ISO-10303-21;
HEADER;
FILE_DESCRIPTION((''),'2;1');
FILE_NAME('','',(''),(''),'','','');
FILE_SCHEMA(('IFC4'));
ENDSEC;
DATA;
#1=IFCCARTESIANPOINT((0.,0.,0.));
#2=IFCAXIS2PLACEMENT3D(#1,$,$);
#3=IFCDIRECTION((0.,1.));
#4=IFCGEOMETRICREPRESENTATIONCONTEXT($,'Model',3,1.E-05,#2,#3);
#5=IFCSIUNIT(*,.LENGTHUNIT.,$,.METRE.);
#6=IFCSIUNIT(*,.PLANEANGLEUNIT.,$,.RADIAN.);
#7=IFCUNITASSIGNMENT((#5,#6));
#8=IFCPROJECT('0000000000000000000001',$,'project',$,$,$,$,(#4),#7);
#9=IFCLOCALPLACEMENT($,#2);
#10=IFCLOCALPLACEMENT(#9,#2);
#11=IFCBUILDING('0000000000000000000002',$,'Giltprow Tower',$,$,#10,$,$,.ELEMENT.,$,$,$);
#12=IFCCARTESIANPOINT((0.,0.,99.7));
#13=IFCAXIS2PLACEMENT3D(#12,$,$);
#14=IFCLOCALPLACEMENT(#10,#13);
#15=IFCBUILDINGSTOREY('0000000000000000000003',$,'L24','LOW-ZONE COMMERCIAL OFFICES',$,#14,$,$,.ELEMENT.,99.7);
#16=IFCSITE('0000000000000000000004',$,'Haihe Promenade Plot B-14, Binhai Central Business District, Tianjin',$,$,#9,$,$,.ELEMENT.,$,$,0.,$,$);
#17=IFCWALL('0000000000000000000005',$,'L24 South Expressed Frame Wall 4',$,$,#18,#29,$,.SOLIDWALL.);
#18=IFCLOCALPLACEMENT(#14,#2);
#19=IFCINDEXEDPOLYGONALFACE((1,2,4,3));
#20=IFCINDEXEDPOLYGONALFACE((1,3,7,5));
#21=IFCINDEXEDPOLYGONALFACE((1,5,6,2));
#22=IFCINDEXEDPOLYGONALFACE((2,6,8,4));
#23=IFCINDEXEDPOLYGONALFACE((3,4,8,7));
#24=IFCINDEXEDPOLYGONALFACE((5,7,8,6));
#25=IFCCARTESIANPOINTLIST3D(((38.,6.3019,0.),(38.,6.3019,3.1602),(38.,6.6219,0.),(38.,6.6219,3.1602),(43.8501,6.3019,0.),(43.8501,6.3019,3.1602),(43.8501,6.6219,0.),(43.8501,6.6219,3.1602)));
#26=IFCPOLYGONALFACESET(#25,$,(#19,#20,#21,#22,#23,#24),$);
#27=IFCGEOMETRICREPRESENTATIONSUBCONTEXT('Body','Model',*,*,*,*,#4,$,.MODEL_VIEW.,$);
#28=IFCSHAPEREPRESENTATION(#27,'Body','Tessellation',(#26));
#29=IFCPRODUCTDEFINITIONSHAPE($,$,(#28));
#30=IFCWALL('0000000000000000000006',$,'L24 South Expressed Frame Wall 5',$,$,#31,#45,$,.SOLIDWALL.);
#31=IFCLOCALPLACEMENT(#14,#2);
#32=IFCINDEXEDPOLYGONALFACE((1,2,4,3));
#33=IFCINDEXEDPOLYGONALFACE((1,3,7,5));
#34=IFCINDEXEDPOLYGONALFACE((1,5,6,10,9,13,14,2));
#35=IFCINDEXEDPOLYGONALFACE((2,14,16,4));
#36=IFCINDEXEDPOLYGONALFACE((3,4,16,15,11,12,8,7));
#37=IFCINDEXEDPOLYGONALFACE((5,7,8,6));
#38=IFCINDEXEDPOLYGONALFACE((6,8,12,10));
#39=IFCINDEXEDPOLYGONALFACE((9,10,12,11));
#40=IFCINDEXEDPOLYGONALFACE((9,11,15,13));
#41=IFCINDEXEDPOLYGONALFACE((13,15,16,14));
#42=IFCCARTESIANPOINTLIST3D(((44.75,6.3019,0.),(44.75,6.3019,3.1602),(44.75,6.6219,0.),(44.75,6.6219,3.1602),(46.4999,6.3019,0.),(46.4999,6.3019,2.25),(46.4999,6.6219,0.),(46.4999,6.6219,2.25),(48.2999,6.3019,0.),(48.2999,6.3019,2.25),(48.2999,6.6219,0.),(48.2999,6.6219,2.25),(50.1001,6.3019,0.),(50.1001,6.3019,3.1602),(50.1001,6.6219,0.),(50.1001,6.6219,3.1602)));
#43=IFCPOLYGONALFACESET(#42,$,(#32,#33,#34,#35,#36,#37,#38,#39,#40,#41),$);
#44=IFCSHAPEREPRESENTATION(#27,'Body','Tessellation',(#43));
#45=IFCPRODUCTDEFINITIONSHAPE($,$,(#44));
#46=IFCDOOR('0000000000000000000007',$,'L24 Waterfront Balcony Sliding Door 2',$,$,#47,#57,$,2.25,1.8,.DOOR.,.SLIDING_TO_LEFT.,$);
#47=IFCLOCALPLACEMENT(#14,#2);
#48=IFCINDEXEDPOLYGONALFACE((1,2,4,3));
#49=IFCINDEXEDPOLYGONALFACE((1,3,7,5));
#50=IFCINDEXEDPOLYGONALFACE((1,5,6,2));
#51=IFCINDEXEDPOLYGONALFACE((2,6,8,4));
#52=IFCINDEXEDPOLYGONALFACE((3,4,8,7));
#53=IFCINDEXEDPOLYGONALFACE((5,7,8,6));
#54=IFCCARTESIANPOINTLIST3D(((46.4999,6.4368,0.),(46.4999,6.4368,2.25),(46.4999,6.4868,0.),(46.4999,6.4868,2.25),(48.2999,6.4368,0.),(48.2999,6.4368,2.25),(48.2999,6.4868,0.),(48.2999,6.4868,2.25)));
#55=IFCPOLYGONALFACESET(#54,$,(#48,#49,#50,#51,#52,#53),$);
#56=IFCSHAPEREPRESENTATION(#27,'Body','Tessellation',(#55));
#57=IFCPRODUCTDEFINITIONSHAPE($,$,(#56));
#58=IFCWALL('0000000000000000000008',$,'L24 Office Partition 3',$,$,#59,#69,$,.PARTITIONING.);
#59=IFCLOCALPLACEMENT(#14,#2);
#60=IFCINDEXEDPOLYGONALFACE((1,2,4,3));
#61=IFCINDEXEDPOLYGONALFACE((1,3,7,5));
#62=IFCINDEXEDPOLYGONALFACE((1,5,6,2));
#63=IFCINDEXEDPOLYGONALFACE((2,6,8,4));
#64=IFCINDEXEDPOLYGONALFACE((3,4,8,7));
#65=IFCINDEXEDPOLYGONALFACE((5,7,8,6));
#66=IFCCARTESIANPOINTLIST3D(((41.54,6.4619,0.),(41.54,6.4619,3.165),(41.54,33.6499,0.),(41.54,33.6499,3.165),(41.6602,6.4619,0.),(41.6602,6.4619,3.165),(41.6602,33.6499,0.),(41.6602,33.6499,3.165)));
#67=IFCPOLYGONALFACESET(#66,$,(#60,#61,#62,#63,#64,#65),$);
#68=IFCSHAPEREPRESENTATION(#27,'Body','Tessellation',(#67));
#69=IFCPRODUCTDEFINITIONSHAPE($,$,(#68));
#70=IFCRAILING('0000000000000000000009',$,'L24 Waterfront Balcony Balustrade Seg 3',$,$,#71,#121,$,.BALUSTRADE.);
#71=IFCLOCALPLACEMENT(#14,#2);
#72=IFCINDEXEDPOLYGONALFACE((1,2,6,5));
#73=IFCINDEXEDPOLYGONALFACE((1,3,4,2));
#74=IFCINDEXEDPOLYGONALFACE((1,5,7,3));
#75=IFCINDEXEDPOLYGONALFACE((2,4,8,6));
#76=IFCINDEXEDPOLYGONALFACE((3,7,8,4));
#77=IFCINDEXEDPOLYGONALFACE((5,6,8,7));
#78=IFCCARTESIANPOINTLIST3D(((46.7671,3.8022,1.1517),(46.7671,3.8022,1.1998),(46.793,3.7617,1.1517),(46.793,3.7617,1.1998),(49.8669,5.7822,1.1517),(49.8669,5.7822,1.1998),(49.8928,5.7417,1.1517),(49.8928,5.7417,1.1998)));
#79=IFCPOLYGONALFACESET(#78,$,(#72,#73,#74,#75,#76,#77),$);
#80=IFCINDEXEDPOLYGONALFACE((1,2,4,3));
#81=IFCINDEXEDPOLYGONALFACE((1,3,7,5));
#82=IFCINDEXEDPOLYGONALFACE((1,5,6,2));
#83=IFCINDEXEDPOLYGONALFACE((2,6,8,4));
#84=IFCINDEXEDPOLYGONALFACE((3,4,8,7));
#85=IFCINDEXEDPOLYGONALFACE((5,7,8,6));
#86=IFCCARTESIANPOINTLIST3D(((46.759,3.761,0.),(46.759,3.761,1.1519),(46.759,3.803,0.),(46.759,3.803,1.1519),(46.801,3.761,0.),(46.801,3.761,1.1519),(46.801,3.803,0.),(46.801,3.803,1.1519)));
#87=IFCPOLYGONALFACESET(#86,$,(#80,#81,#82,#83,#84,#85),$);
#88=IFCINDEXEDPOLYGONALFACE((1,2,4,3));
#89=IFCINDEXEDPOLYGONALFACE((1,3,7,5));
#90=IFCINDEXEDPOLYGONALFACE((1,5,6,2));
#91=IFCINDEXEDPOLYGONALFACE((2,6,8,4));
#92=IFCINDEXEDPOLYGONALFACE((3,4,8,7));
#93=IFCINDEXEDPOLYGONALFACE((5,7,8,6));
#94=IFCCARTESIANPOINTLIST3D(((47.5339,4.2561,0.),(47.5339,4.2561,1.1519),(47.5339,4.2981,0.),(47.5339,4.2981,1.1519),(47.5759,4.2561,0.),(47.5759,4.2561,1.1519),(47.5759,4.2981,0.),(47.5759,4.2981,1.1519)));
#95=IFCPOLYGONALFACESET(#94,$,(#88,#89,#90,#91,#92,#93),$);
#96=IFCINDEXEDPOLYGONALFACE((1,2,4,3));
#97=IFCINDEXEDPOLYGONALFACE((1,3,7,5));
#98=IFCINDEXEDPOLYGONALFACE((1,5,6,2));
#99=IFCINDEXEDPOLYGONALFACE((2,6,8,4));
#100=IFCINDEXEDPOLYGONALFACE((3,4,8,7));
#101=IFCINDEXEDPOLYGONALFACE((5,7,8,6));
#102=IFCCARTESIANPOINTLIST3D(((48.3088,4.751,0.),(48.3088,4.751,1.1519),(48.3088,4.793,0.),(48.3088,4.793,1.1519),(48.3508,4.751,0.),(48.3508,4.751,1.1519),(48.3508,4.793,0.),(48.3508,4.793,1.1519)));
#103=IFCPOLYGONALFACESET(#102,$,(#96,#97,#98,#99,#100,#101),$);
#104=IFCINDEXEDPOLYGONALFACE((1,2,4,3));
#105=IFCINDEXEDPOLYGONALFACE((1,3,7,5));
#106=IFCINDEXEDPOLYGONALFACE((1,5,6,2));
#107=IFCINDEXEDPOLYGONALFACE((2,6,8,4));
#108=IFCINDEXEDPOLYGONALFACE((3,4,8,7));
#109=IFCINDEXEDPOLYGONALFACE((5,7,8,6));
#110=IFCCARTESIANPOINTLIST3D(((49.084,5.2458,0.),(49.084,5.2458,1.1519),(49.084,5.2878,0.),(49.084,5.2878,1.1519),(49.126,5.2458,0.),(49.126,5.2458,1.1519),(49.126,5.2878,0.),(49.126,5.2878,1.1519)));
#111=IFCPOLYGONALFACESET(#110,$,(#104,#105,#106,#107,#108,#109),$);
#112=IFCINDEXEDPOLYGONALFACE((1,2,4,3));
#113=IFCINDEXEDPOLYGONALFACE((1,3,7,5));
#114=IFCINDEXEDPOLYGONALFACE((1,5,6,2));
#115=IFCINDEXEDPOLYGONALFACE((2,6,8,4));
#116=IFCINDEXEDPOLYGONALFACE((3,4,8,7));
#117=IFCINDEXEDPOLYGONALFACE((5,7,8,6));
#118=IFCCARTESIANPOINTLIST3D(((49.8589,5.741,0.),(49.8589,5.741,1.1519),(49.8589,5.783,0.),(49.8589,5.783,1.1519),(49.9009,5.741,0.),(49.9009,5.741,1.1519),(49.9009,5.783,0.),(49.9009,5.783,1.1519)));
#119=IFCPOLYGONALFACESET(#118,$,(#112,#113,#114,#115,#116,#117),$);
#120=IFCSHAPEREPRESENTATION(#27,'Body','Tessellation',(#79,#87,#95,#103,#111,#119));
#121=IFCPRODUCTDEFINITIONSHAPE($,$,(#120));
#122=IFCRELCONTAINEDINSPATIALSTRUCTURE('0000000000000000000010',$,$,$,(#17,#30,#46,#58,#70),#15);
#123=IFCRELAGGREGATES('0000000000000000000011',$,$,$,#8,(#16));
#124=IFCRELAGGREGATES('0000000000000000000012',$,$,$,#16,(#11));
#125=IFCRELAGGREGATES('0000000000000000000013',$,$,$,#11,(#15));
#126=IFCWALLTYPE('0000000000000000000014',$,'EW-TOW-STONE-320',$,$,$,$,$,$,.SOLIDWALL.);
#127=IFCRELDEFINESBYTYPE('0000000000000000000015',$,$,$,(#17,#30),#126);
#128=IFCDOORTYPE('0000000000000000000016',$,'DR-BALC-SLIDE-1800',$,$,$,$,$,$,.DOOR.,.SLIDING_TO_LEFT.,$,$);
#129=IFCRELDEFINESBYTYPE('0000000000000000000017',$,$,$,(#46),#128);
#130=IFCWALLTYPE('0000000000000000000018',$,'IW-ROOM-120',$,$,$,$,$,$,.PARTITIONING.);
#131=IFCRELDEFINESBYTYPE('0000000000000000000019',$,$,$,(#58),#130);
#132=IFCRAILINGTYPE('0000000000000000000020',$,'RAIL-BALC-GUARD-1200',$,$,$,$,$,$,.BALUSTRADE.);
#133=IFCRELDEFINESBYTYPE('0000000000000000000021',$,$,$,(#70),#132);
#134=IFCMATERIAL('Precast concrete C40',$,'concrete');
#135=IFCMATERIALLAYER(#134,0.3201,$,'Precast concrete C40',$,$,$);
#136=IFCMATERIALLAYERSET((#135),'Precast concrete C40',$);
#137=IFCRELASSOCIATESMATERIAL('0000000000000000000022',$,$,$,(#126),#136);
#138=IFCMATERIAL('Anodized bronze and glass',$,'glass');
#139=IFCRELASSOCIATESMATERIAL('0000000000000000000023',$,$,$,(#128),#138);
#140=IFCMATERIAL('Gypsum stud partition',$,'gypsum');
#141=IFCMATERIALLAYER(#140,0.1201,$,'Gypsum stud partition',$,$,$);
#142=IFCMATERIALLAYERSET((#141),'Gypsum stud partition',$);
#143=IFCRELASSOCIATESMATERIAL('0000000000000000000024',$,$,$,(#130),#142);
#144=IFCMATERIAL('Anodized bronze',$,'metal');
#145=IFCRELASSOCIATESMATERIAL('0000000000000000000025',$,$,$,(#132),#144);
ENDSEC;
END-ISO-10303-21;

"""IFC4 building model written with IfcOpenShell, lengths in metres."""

from ifc_helpers import new_model, si_unit, direction, frame, frame_2d, origin, origin_2d, place, context, subcontext, project, spatial, rectangle, extrude, source, transform, mapped, material, layer, layer_set, type_object, element, fill, save


model = new_model("IFC4")

# Units and contexts
model_context = context("Model", 3, precision=1e-05, world=origin(), true_north=direction((0.0, 1.0)))
body_context = subcontext(model_context, "Body", "Model", "MODEL_VIEW")
ifc_project = project(units=[si_unit("LENGTHUNIT", "METRE"), si_unit("PLANEANGLEUNIT", "RADIAN")], contexts=[model_context])

# Site, building, storey
site_placement = place(None, origin())
site = spatial("IfcSite", under=ifc_project, at=site_placement, Name="Haihe Promenade Plot B-14, Binhai Central Business District, Tianjin", CompositionType="ELEMENT", RefElevation=0.0)
building_placement = place(site_placement, origin())
building = spatial("IfcBuilding", under=site, at=building_placement, Name="Giltprow Tower", CompositionType="ELEMENT")
storey_placement = place(building_placement, frame((0.0, 0.0, 99.7)))
storey = spatial("IfcBuildingStorey", under=building, at=storey_placement, Name="L24", Description="LOW-ZONE COMMERCIAL OFFICES", CompositionType="ELEMENT", Elevation=99.7)

# Shared definitions
ifc_material_1 = material(Name="Anodized bronze", Category="metal")

# Wall
ifc_material_2 = material(Name="Precast concrete C40", Category="concrete")
ifc_layer_1 = layer(ifc_material_2, 0.3201, Name="Precast concrete C40")
ifc_layer_set_1 = layer_set([ifc_layer_1], Name="Precast concrete C40")
wall_type_1 = type_object("IfcWallType", Name="EW-TOW-STONE-320", PredefinedType="SOLIDWALL", material=ifc_layer_set_1)
wall_1_placement = place(storey_placement, frame((38.0, 6.4619, 0.0), z_axis=(0.0, 0.0, 1.0), x_axis=(1.0, 0.0, 0.0)))
element("IfcWall", 1, at=wall_1_placement, inside=storey, type_object=wall_type_1, Name="L24 South Expressed Frame Wall 4", PredefinedType="SOLIDWALL", context=body_context, shape_type="SweptSolid", body=[
    extrude(rectangle(XDim=5.8501, YDim=0.3201, at=frame_2d((2.925, 0.0))), origin(), (0.0, 0.0, 1.0), 3.1602),
])

# Wall, opening, door
wall_2_placement = place(storey_placement, frame((44.75, 6.4619, 0.0), z_axis=(0.0, 0.0, 1.0), x_axis=(1.0, 0.0, 0.0)))
wall_2 = element("IfcWall", 2, at=wall_2_placement, inside=storey, type_object=wall_type_1, Name="L24 South Expressed Frame Wall 5", PredefinedType="SOLIDWALL", context=body_context, shape_type="SweptSolid", body=[
    extrude(rectangle(XDim=5.3501, YDim=0.3201, at=frame_2d((2.675, 0.0))), origin(), (0.0, 0.0, 1.0), 3.1602),
])
opening_placement = place(wall_2_placement, frame((1.75, 0.0, 0.0)))
opening = element("IfcOpeningElement", 3, at=opening_placement, cuts=wall_2, PredefinedType="OPENING", context=body_context, shape_type="SweptSolid", body=[
    extrude(rectangle(XDim=1.8, YDim=2.25, at=frame_2d((0.8999, 1.125))), frame((0.0, 0.1699, 0.0), z_axis=(0.0, -1.0, 0.0), x_axis=(1.0, 0.0, 0.0)), (0.0, 0.0, 1.0), 0.3401),
])
ifc_material_3 = material(Name="Anodized bronze and glass", Category="glass")
door_type = type_object("IfcDoorType", Name="DR-BALC-SLIDE-1800", OperationType="SLIDING_TO_LEFT", PredefinedType="DOOR", material=ifc_material_3)
shared_shape_1 = source(origin(), body_context, "Body", "SweptSolid", [
    extrude(rectangle(XDim=1.8, YDim=2.25, at=frame_2d((0.8999, 1.125))), frame((0.0, 0.0249, 0.0), z_axis=(0.0, -1.0, 0.0), x_axis=(1.0, 0.0, 0.0)), (0.0, 0.0, 1.0), 0.05),
])
door_placement = place(opening_placement, origin())
door = element("IfcDoor", 4, at=door_placement, inside=storey, type_object=door_type, Name="L24 Waterfront Balcony Sliding Door 2", OperationType="SLIDING_TO_LEFT", OverallHeight=2.25, OverallWidth=1.8, PredefinedType="DOOR", context=body_context, shape_type="MappedRepresentation", body=[
    mapped(shared_shape_1, transform((0.0, 0.0, 0.0), x_axis=(1.0, 0.0, 0.0), y_axis=(0.0, 1.0, 0.0), z_axis=(0.0, 0.0, 1.0), scale=1.0)),
])
fill(opening, door)

# Wall
ifc_material_4 = material(Name="Gypsum stud partition", Category="gypsum")
ifc_layer_2 = layer(ifc_material_4, 0.1201, Name="Gypsum stud partition")
ifc_layer_set_2 = layer_set([ifc_layer_2], Name="Gypsum stud partition")
wall_type_2 = type_object("IfcWallType", Name="IW-ROOM-120", PredefinedType="PARTITIONING", material=ifc_layer_set_2)
wall_3_placement = place(storey_placement, frame((41.6001, 6.4619, 0.0), z_axis=(0.0, 0.0, 1.0), x_axis=(0.0, 1.0, 0.0)))
element("IfcWall", 5, at=wall_3_placement, inside=storey, type_object=wall_type_2, Name="L24 Office Partition 3", PredefinedType="PARTITIONING", context=body_context, shape_type="SweptSolid", body=[
    extrude(rectangle(XDim=27.188, YDim=0.1201, at=frame_2d((13.594, 0.0))), origin(), (0.0, 0.0, 1.0), 3.165),
])

# Railing
railing_type = type_object("IfcRailingType", Name="RAIL-BALC-GUARD-1200", PredefinedType="BALUSTRADE", material=ifc_material_1)
railing_1_placement = place(storey_placement, frame((46.78, 3.782, 0.0)))
element("IfcRailing", 6, at=railing_1_placement, inside=storey, type_object=railing_type, Name="L24 Waterfront Balcony Balustrade Seg 3", PredefinedType="BALUSTRADE", context=body_context, shape_type="SweptSolid", body=[
    extrude(rectangle(XDim=0.0481, YDim=0.0481, at=origin_2d()), frame((0.0, 0.0, 1.1758), z_axis=(0.842756, 0.538296, 0.0), x_axis=(-0.538296, 0.842756, 0.0)), (0.0, 0.0, 1.0), 3.6782),
    extrude(rectangle(XDim=0.042, YDim=0.042, at=origin_2d()), origin(), (0.0, 0.0, 1.0), 1.1519),
    extrude(rectangle(XDim=0.042, YDim=0.042, at=origin_2d()), frame((0.7749, 0.4951, 0.0)), (0.0, 0.0, 1.0), 1.1519),
    extrude(rectangle(XDim=0.042, YDim=0.042, at=origin_2d()), frame((1.5498, 0.99, 0.0)), (0.0, 0.0, 1.0), 1.1519),
    extrude(rectangle(XDim=0.042, YDim=0.042, at=origin_2d()), frame((2.325, 1.4849, 0.0)), (0.0, 0.0, 1.0), 1.1519),
    extrude(rectangle(XDim=0.042, YDim=0.042, at=origin_2d()), frame((3.0999, 1.98, 0.0)), (0.0, 0.0, 1.0), 1.1519),
])

save(model, "model.ifc")
